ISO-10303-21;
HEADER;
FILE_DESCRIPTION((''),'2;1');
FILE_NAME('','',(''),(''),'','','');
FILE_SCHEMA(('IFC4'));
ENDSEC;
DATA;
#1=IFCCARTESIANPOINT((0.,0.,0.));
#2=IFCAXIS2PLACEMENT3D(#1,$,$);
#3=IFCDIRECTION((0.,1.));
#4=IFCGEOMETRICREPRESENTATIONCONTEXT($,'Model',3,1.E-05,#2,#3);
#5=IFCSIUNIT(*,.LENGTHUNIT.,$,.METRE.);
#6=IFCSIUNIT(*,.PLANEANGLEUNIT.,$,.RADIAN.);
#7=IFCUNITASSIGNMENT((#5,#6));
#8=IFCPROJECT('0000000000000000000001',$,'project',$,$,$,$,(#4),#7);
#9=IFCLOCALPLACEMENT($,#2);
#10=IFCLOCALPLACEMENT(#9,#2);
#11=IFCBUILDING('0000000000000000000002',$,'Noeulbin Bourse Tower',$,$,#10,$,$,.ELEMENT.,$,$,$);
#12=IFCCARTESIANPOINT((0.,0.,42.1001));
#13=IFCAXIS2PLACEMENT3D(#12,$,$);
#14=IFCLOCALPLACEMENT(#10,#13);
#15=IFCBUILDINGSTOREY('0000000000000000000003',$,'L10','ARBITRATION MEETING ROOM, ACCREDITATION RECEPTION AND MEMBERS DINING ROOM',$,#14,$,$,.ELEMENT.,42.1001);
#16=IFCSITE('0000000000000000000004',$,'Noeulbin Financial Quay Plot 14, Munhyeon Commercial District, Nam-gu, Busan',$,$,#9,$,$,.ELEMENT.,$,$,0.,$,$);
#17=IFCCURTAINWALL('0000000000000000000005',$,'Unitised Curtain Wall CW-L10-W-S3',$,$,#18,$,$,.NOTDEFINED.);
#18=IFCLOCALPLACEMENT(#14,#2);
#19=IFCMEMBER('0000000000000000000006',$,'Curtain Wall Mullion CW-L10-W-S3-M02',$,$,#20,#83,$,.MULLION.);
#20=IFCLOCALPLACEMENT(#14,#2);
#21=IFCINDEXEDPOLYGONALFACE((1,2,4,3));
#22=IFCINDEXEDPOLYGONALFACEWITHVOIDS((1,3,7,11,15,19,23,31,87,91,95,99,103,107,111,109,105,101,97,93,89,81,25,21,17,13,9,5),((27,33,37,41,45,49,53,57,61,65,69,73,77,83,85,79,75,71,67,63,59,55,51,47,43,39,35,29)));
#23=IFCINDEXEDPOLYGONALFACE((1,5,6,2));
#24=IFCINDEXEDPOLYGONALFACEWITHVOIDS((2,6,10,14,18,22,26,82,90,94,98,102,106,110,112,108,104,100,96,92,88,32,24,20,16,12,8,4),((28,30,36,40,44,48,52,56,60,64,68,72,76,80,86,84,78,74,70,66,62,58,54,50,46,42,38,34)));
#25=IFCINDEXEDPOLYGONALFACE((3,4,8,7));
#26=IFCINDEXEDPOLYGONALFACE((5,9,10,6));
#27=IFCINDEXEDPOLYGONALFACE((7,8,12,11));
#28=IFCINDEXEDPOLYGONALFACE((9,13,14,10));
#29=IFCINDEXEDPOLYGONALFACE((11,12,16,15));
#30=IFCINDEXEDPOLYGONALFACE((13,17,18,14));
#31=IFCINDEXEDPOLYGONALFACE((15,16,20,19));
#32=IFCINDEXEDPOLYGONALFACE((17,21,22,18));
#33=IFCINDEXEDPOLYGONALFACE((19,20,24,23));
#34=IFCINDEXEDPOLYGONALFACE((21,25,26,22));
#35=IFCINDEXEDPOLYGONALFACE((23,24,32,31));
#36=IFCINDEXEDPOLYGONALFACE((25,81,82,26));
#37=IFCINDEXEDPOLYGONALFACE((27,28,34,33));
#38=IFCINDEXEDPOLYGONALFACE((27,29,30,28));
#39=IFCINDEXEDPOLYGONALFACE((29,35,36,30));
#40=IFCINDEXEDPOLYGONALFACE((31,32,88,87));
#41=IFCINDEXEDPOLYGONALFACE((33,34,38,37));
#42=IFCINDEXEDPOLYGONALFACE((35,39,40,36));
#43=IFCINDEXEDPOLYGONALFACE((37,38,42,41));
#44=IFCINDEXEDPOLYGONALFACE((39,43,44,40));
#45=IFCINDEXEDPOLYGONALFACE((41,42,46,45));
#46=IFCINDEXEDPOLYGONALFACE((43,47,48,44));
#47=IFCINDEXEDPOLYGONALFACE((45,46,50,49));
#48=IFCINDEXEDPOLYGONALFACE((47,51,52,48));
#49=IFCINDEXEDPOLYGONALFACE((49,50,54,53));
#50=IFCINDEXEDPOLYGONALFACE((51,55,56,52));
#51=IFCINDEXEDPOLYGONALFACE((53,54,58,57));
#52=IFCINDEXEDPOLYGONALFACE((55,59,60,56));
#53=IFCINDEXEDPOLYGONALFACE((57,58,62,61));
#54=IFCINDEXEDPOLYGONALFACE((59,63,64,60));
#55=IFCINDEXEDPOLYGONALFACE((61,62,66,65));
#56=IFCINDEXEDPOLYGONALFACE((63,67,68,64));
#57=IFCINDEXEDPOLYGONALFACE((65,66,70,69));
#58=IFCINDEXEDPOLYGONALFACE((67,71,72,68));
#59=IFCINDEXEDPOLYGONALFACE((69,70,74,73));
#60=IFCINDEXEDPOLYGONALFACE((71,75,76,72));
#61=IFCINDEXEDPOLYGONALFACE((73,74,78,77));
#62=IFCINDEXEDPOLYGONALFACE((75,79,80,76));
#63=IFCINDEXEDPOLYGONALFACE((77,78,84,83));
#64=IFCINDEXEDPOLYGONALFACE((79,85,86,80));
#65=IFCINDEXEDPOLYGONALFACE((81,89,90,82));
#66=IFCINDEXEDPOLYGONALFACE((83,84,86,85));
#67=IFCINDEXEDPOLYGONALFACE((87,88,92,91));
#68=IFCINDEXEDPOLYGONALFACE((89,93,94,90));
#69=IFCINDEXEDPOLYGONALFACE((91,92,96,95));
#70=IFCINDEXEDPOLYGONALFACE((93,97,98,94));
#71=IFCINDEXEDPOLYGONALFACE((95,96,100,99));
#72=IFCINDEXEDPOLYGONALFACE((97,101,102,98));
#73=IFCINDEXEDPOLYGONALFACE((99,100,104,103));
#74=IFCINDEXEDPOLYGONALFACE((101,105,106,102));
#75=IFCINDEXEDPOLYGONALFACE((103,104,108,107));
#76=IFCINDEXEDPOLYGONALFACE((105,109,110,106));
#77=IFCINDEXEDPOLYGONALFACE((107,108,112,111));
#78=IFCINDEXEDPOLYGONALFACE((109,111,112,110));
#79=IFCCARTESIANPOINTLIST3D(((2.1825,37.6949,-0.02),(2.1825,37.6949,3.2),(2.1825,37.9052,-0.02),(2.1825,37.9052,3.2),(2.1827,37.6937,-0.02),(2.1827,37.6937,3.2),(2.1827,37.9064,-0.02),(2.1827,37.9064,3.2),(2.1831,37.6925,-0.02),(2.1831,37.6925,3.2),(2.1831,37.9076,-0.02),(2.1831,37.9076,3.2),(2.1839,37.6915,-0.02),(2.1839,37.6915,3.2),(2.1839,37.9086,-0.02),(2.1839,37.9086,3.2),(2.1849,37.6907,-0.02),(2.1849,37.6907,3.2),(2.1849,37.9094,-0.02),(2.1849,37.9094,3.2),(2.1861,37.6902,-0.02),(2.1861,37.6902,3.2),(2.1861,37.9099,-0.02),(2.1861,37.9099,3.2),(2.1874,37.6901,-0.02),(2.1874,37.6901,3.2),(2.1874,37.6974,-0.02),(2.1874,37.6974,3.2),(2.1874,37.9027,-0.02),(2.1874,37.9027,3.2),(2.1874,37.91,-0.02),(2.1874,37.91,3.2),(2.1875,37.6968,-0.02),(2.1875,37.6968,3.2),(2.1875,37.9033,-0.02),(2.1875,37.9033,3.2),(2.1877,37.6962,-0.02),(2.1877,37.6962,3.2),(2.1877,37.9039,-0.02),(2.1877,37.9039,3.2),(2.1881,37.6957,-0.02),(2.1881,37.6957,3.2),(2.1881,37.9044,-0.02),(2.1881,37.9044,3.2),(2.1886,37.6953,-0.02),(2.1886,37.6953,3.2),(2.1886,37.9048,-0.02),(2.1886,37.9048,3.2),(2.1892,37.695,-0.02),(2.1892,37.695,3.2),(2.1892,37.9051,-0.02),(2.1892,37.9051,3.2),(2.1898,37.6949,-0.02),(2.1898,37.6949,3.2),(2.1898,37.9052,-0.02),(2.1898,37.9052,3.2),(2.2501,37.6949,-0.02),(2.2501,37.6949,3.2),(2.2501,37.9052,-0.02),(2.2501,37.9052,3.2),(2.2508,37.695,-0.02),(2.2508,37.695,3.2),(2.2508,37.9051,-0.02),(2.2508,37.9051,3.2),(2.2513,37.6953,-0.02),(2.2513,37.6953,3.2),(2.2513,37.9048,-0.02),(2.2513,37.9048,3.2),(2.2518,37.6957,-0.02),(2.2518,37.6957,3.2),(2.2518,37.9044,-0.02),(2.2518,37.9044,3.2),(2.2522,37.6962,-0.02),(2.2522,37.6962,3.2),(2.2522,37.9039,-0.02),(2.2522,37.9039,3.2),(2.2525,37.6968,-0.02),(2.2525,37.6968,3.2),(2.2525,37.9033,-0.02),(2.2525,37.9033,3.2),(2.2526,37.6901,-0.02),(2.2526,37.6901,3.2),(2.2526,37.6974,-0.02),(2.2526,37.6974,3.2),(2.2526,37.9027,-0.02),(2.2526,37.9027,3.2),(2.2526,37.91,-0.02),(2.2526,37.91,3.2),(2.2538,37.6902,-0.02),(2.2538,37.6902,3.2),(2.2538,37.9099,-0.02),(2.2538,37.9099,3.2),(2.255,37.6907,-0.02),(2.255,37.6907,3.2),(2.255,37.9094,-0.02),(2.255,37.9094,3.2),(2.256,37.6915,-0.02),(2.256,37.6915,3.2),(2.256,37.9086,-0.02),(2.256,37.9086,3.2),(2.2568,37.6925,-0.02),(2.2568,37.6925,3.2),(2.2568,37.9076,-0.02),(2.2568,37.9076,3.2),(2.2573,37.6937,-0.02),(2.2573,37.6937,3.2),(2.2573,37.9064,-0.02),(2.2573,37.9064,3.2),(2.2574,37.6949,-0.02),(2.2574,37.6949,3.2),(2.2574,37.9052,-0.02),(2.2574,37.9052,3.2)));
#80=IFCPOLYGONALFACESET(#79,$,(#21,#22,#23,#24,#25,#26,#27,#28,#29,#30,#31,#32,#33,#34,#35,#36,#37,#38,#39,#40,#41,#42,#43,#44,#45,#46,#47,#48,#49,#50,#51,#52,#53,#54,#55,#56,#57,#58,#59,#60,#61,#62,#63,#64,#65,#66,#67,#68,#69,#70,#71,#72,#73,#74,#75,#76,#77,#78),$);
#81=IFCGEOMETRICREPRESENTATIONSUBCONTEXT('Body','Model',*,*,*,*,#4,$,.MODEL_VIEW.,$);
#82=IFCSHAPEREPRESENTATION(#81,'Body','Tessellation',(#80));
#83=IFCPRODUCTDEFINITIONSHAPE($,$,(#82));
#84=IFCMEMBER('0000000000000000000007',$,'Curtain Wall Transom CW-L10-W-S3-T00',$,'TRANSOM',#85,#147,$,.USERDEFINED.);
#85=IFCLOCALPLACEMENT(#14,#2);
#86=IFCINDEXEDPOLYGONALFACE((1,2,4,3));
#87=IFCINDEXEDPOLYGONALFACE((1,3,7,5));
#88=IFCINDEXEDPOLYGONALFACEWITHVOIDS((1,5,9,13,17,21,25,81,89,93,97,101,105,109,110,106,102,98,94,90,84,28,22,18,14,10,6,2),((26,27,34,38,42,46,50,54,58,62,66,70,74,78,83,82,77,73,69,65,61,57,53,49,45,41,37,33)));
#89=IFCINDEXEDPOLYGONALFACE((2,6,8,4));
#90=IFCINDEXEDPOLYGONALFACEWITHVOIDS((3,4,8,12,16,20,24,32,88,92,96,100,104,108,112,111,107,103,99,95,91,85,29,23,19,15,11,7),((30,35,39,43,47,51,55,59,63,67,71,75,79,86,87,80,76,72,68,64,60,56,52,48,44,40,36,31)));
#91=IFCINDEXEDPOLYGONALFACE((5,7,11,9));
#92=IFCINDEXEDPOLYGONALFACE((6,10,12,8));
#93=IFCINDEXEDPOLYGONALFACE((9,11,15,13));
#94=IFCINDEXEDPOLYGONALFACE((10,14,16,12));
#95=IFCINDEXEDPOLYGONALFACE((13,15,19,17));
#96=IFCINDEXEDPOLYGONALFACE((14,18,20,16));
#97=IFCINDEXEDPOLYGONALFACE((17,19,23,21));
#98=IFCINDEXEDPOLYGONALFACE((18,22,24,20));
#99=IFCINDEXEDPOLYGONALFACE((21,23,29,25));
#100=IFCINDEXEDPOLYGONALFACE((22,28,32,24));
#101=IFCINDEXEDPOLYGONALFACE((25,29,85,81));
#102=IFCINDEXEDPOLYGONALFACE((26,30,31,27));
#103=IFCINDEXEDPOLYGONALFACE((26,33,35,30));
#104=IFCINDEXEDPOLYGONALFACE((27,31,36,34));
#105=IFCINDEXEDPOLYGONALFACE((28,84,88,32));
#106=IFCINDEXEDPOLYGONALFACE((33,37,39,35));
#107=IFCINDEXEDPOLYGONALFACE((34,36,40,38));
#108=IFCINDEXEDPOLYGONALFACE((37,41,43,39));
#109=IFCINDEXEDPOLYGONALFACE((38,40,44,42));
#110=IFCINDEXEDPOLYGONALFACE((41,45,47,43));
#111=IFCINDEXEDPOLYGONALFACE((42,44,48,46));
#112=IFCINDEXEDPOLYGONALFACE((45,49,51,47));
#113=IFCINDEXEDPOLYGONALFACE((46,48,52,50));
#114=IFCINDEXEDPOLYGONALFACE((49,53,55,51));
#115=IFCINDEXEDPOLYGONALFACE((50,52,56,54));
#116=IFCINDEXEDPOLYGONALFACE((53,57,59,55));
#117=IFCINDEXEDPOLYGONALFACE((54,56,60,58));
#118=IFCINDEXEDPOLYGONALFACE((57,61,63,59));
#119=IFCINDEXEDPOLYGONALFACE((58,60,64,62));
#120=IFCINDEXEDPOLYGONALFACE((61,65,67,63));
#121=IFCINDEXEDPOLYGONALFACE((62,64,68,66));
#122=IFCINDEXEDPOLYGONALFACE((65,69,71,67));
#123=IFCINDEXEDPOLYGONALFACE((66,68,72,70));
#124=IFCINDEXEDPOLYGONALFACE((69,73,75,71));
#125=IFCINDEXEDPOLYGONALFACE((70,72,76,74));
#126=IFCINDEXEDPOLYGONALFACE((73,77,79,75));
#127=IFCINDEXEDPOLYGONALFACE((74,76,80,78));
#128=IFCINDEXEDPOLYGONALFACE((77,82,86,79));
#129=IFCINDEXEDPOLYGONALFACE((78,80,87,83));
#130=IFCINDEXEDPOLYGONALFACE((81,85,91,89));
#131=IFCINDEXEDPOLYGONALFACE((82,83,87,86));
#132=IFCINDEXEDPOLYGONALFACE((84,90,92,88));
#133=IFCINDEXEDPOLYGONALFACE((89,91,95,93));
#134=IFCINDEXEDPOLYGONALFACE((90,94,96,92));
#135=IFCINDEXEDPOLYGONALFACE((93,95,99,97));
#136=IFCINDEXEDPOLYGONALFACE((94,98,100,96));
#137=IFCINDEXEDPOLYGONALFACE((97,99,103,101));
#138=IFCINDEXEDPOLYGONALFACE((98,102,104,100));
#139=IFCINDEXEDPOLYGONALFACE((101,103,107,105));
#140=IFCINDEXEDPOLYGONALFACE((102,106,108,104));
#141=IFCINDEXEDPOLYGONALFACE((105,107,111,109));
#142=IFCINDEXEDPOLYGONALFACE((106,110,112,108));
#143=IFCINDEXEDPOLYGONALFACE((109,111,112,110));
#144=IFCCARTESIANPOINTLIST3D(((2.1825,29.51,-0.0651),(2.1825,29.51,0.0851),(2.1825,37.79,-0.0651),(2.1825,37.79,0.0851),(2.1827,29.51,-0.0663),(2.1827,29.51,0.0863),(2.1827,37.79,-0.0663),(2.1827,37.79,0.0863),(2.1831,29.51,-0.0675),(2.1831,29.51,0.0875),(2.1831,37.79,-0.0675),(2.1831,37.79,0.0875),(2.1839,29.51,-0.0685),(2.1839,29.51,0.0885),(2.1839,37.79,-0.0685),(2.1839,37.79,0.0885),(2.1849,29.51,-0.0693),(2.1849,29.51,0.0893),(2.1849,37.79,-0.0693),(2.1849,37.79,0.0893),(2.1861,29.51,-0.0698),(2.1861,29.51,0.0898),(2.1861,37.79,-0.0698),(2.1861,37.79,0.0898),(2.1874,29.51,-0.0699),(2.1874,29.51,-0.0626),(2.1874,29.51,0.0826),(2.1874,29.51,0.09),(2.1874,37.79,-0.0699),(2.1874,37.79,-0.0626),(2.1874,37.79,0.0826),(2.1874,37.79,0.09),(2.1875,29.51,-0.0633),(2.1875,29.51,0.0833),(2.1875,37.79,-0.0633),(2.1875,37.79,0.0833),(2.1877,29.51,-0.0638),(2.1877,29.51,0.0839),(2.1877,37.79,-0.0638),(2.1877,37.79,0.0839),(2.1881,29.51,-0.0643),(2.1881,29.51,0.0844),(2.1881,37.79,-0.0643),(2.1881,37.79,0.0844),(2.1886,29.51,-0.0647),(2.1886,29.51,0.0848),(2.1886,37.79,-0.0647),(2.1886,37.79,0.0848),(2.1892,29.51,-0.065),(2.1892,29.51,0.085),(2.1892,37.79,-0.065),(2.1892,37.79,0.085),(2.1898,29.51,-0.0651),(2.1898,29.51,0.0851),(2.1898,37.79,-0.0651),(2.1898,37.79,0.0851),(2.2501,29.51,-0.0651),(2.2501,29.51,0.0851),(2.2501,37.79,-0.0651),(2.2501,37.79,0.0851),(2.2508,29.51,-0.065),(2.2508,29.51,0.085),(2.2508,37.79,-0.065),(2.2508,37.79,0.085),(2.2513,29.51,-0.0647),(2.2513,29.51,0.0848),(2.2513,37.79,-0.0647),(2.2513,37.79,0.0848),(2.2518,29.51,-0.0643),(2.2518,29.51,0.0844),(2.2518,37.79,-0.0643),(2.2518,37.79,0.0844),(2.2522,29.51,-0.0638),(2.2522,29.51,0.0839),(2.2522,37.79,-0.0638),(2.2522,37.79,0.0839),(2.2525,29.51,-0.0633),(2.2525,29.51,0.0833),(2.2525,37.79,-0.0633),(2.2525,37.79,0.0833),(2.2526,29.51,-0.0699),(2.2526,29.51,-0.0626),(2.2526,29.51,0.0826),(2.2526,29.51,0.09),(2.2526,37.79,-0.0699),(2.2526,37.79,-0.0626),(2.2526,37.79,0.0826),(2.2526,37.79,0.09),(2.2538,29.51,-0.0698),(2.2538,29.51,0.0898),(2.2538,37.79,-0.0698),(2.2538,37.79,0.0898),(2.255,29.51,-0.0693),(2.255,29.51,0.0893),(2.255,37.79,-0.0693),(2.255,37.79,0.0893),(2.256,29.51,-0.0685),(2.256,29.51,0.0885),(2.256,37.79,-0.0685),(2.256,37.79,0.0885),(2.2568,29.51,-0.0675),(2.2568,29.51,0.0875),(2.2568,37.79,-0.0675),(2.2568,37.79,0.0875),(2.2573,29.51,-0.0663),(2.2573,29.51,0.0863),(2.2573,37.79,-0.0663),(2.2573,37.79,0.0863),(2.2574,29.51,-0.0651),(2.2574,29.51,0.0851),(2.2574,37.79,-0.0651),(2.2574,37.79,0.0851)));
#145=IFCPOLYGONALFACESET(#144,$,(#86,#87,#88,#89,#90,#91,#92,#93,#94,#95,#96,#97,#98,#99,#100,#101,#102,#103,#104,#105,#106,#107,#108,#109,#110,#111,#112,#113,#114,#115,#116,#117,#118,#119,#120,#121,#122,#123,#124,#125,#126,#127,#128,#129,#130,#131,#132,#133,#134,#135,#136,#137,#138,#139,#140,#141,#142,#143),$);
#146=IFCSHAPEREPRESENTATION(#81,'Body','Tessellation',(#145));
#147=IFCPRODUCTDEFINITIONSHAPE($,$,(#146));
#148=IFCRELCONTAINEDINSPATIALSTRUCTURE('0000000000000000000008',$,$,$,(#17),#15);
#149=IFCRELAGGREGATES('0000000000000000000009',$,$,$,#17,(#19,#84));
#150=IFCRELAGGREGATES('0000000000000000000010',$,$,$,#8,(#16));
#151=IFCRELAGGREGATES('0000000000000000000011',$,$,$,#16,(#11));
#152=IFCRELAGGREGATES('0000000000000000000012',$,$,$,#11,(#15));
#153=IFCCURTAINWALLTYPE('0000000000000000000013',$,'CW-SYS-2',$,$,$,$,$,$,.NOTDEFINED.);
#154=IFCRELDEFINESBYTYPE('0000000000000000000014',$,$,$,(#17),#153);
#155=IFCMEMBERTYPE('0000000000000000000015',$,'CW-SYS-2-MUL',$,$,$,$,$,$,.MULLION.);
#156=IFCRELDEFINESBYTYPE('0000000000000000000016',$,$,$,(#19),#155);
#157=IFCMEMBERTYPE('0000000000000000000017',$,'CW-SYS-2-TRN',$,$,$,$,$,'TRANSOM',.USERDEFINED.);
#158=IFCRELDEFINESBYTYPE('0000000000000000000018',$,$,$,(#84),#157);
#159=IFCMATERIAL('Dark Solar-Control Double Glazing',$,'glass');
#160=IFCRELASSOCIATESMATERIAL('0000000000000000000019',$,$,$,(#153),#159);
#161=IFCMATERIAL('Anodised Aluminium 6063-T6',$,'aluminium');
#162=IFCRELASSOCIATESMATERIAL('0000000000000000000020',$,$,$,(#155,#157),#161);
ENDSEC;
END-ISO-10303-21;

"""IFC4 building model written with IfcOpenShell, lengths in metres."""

from ifc_helpers import new_model, si_unit, direction, frame, origin, origin_2d, place, context, subcontext, project, spatial, hollow_rectangle, extrude, material, material_profile, profile_set, type_object, element, aggregate, save


model = new_model("IFC4")

# Units and contexts
model_context = context("Model", 3, precision=1e-05, world=origin(), true_north=direction((0.0, 1.0)))
body_context = subcontext(model_context, "Body", "Model", "MODEL_VIEW")
ifc_project = project(units=[si_unit("LENGTHUNIT", "METRE"), si_unit("PLANEANGLEUNIT", "RADIAN")], contexts=[model_context])

# Site, building, storey
site_placement = place(None, origin())
site = spatial("IfcSite", under=ifc_project, at=site_placement, Name="Noeulbin Financial Quay Plot 14, Munhyeon Commercial District, Nam-gu, Busan", CompositionType="ELEMENT", RefElevation=0.0)
building_placement = place(site_placement, origin())
building = spatial("IfcBuilding", under=site, at=building_placement, Name="Noeulbin Bourse Tower", CompositionType="ELEMENT")
storey_placement = place(building_placement, frame((0.0, 0.0, 42.1001)))
storey = spatial("IfcBuildingStorey", under=building, at=storey_placement, Name="L10", Description="ARBITRATION MEETING ROOM, ACCREDITATION RECEPTION AND MEMBERS DINING ROOM", CompositionType="ELEMENT", Elevation=42.1001)

# Curtain wall, members
ifc_material_1 = material(Name="Dark Solar-Control Double Glazing", Category="glass")
curtain_wall_type = type_object("IfcCurtainWallType", Name="CW-SYS-2", PredefinedType="NOTDEFINED", material=ifc_material_1)
curtain_wall_placement = place(storey_placement, origin())
curtain_wall = element("IfcCurtainWall", 1, at=curtain_wall_placement, inside=storey, type_object=curtain_wall_type, Name="Unitised Curtain Wall CW-L10-W-S3", PredefinedType="NOTDEFINED")
ifc_material_2 = material(Name="Anodised Aluminium 6063-T6", Category="aluminium")
ifc_material_profile_1 = material_profile(ifc_material_2, hollow_rectangle(XDim=0.075, YDim=0.22, WallThickness=0.0049, InnerFilletRadius=0.0024, OuterFilletRadius=0.0049, at=origin_2d()), Name="ALU-MULL-75x220x5", Category="LoadBearing")
ifc_profile_set_1 = profile_set([ifc_material_profile_1], Name="Anodised Aluminium 6063-T6")
member_type_1 = type_object("IfcMemberType", Name="CW-SYS-2-MUL", PredefinedType="MULLION", material=ifc_profile_set_1)
member_1_placement = place(storey_placement, frame((2.22, 37.8, -0.02), z_axis=(0.0, 0.0, 1.0), x_axis=(1.0, 0.0, 0.0)))
member_1 = element("IfcMember", 2, at=member_1_placement, type_object=member_type_1, Name="Curtain Wall Mullion CW-L10-W-S3-M02", PredefinedType="MULLION", context=body_context, shape_type="SweptSolid", body=[
    extrude(hollow_rectangle(XDim=0.075, YDim=0.22, WallThickness=0.0049, InnerFilletRadius=0.0024, OuterFilletRadius=0.0049, at=origin_2d()), origin(), (0.0, 0.0, 1.0), 3.22),
])
ifc_material_profile_2 = material_profile(ifc_material_2, hollow_rectangle(XDim=0.075, YDim=0.1599, WallThickness=0.0049, InnerFilletRadius=0.0024, OuterFilletRadius=0.0049, at=origin_2d()), Name="ALU-TRAN-75x160x5", Category="LoadBearing")
ifc_profile_set_2 = profile_set([ifc_material_profile_2], Name="Anodised Aluminium 6063-T6")
member_type_2 = type_object("IfcMemberType", Name="CW-SYS-2-TRN", ElementType="TRANSOM", PredefinedType="USERDEFINED", material=ifc_profile_set_2)
member_2_placement = place(storey_placement, frame((2.22, 29.51, 0.01), z_axis=(0.0, 1.0, 0.0), x_axis=(-1.0, 0.0, 0.0)))
member_2 = element("IfcMember", 3, at=member_2_placement, type_object=member_type_2, Name="Curtain Wall Transom CW-L10-W-S3-T00", ObjectType="TRANSOM", PredefinedType="USERDEFINED", context=body_context, shape_type="SweptSolid", body=[
    extrude(hollow_rectangle(XDim=0.075, YDim=0.1599, WallThickness=0.0049, InnerFilletRadius=0.0024, OuterFilletRadius=0.0049, at=origin_2d()), origin(), (0.0, 0.0, 1.0), 8.28),
])
aggregate(curtain_wall, [member_1, member_2])

save(model, "model.ifc")
